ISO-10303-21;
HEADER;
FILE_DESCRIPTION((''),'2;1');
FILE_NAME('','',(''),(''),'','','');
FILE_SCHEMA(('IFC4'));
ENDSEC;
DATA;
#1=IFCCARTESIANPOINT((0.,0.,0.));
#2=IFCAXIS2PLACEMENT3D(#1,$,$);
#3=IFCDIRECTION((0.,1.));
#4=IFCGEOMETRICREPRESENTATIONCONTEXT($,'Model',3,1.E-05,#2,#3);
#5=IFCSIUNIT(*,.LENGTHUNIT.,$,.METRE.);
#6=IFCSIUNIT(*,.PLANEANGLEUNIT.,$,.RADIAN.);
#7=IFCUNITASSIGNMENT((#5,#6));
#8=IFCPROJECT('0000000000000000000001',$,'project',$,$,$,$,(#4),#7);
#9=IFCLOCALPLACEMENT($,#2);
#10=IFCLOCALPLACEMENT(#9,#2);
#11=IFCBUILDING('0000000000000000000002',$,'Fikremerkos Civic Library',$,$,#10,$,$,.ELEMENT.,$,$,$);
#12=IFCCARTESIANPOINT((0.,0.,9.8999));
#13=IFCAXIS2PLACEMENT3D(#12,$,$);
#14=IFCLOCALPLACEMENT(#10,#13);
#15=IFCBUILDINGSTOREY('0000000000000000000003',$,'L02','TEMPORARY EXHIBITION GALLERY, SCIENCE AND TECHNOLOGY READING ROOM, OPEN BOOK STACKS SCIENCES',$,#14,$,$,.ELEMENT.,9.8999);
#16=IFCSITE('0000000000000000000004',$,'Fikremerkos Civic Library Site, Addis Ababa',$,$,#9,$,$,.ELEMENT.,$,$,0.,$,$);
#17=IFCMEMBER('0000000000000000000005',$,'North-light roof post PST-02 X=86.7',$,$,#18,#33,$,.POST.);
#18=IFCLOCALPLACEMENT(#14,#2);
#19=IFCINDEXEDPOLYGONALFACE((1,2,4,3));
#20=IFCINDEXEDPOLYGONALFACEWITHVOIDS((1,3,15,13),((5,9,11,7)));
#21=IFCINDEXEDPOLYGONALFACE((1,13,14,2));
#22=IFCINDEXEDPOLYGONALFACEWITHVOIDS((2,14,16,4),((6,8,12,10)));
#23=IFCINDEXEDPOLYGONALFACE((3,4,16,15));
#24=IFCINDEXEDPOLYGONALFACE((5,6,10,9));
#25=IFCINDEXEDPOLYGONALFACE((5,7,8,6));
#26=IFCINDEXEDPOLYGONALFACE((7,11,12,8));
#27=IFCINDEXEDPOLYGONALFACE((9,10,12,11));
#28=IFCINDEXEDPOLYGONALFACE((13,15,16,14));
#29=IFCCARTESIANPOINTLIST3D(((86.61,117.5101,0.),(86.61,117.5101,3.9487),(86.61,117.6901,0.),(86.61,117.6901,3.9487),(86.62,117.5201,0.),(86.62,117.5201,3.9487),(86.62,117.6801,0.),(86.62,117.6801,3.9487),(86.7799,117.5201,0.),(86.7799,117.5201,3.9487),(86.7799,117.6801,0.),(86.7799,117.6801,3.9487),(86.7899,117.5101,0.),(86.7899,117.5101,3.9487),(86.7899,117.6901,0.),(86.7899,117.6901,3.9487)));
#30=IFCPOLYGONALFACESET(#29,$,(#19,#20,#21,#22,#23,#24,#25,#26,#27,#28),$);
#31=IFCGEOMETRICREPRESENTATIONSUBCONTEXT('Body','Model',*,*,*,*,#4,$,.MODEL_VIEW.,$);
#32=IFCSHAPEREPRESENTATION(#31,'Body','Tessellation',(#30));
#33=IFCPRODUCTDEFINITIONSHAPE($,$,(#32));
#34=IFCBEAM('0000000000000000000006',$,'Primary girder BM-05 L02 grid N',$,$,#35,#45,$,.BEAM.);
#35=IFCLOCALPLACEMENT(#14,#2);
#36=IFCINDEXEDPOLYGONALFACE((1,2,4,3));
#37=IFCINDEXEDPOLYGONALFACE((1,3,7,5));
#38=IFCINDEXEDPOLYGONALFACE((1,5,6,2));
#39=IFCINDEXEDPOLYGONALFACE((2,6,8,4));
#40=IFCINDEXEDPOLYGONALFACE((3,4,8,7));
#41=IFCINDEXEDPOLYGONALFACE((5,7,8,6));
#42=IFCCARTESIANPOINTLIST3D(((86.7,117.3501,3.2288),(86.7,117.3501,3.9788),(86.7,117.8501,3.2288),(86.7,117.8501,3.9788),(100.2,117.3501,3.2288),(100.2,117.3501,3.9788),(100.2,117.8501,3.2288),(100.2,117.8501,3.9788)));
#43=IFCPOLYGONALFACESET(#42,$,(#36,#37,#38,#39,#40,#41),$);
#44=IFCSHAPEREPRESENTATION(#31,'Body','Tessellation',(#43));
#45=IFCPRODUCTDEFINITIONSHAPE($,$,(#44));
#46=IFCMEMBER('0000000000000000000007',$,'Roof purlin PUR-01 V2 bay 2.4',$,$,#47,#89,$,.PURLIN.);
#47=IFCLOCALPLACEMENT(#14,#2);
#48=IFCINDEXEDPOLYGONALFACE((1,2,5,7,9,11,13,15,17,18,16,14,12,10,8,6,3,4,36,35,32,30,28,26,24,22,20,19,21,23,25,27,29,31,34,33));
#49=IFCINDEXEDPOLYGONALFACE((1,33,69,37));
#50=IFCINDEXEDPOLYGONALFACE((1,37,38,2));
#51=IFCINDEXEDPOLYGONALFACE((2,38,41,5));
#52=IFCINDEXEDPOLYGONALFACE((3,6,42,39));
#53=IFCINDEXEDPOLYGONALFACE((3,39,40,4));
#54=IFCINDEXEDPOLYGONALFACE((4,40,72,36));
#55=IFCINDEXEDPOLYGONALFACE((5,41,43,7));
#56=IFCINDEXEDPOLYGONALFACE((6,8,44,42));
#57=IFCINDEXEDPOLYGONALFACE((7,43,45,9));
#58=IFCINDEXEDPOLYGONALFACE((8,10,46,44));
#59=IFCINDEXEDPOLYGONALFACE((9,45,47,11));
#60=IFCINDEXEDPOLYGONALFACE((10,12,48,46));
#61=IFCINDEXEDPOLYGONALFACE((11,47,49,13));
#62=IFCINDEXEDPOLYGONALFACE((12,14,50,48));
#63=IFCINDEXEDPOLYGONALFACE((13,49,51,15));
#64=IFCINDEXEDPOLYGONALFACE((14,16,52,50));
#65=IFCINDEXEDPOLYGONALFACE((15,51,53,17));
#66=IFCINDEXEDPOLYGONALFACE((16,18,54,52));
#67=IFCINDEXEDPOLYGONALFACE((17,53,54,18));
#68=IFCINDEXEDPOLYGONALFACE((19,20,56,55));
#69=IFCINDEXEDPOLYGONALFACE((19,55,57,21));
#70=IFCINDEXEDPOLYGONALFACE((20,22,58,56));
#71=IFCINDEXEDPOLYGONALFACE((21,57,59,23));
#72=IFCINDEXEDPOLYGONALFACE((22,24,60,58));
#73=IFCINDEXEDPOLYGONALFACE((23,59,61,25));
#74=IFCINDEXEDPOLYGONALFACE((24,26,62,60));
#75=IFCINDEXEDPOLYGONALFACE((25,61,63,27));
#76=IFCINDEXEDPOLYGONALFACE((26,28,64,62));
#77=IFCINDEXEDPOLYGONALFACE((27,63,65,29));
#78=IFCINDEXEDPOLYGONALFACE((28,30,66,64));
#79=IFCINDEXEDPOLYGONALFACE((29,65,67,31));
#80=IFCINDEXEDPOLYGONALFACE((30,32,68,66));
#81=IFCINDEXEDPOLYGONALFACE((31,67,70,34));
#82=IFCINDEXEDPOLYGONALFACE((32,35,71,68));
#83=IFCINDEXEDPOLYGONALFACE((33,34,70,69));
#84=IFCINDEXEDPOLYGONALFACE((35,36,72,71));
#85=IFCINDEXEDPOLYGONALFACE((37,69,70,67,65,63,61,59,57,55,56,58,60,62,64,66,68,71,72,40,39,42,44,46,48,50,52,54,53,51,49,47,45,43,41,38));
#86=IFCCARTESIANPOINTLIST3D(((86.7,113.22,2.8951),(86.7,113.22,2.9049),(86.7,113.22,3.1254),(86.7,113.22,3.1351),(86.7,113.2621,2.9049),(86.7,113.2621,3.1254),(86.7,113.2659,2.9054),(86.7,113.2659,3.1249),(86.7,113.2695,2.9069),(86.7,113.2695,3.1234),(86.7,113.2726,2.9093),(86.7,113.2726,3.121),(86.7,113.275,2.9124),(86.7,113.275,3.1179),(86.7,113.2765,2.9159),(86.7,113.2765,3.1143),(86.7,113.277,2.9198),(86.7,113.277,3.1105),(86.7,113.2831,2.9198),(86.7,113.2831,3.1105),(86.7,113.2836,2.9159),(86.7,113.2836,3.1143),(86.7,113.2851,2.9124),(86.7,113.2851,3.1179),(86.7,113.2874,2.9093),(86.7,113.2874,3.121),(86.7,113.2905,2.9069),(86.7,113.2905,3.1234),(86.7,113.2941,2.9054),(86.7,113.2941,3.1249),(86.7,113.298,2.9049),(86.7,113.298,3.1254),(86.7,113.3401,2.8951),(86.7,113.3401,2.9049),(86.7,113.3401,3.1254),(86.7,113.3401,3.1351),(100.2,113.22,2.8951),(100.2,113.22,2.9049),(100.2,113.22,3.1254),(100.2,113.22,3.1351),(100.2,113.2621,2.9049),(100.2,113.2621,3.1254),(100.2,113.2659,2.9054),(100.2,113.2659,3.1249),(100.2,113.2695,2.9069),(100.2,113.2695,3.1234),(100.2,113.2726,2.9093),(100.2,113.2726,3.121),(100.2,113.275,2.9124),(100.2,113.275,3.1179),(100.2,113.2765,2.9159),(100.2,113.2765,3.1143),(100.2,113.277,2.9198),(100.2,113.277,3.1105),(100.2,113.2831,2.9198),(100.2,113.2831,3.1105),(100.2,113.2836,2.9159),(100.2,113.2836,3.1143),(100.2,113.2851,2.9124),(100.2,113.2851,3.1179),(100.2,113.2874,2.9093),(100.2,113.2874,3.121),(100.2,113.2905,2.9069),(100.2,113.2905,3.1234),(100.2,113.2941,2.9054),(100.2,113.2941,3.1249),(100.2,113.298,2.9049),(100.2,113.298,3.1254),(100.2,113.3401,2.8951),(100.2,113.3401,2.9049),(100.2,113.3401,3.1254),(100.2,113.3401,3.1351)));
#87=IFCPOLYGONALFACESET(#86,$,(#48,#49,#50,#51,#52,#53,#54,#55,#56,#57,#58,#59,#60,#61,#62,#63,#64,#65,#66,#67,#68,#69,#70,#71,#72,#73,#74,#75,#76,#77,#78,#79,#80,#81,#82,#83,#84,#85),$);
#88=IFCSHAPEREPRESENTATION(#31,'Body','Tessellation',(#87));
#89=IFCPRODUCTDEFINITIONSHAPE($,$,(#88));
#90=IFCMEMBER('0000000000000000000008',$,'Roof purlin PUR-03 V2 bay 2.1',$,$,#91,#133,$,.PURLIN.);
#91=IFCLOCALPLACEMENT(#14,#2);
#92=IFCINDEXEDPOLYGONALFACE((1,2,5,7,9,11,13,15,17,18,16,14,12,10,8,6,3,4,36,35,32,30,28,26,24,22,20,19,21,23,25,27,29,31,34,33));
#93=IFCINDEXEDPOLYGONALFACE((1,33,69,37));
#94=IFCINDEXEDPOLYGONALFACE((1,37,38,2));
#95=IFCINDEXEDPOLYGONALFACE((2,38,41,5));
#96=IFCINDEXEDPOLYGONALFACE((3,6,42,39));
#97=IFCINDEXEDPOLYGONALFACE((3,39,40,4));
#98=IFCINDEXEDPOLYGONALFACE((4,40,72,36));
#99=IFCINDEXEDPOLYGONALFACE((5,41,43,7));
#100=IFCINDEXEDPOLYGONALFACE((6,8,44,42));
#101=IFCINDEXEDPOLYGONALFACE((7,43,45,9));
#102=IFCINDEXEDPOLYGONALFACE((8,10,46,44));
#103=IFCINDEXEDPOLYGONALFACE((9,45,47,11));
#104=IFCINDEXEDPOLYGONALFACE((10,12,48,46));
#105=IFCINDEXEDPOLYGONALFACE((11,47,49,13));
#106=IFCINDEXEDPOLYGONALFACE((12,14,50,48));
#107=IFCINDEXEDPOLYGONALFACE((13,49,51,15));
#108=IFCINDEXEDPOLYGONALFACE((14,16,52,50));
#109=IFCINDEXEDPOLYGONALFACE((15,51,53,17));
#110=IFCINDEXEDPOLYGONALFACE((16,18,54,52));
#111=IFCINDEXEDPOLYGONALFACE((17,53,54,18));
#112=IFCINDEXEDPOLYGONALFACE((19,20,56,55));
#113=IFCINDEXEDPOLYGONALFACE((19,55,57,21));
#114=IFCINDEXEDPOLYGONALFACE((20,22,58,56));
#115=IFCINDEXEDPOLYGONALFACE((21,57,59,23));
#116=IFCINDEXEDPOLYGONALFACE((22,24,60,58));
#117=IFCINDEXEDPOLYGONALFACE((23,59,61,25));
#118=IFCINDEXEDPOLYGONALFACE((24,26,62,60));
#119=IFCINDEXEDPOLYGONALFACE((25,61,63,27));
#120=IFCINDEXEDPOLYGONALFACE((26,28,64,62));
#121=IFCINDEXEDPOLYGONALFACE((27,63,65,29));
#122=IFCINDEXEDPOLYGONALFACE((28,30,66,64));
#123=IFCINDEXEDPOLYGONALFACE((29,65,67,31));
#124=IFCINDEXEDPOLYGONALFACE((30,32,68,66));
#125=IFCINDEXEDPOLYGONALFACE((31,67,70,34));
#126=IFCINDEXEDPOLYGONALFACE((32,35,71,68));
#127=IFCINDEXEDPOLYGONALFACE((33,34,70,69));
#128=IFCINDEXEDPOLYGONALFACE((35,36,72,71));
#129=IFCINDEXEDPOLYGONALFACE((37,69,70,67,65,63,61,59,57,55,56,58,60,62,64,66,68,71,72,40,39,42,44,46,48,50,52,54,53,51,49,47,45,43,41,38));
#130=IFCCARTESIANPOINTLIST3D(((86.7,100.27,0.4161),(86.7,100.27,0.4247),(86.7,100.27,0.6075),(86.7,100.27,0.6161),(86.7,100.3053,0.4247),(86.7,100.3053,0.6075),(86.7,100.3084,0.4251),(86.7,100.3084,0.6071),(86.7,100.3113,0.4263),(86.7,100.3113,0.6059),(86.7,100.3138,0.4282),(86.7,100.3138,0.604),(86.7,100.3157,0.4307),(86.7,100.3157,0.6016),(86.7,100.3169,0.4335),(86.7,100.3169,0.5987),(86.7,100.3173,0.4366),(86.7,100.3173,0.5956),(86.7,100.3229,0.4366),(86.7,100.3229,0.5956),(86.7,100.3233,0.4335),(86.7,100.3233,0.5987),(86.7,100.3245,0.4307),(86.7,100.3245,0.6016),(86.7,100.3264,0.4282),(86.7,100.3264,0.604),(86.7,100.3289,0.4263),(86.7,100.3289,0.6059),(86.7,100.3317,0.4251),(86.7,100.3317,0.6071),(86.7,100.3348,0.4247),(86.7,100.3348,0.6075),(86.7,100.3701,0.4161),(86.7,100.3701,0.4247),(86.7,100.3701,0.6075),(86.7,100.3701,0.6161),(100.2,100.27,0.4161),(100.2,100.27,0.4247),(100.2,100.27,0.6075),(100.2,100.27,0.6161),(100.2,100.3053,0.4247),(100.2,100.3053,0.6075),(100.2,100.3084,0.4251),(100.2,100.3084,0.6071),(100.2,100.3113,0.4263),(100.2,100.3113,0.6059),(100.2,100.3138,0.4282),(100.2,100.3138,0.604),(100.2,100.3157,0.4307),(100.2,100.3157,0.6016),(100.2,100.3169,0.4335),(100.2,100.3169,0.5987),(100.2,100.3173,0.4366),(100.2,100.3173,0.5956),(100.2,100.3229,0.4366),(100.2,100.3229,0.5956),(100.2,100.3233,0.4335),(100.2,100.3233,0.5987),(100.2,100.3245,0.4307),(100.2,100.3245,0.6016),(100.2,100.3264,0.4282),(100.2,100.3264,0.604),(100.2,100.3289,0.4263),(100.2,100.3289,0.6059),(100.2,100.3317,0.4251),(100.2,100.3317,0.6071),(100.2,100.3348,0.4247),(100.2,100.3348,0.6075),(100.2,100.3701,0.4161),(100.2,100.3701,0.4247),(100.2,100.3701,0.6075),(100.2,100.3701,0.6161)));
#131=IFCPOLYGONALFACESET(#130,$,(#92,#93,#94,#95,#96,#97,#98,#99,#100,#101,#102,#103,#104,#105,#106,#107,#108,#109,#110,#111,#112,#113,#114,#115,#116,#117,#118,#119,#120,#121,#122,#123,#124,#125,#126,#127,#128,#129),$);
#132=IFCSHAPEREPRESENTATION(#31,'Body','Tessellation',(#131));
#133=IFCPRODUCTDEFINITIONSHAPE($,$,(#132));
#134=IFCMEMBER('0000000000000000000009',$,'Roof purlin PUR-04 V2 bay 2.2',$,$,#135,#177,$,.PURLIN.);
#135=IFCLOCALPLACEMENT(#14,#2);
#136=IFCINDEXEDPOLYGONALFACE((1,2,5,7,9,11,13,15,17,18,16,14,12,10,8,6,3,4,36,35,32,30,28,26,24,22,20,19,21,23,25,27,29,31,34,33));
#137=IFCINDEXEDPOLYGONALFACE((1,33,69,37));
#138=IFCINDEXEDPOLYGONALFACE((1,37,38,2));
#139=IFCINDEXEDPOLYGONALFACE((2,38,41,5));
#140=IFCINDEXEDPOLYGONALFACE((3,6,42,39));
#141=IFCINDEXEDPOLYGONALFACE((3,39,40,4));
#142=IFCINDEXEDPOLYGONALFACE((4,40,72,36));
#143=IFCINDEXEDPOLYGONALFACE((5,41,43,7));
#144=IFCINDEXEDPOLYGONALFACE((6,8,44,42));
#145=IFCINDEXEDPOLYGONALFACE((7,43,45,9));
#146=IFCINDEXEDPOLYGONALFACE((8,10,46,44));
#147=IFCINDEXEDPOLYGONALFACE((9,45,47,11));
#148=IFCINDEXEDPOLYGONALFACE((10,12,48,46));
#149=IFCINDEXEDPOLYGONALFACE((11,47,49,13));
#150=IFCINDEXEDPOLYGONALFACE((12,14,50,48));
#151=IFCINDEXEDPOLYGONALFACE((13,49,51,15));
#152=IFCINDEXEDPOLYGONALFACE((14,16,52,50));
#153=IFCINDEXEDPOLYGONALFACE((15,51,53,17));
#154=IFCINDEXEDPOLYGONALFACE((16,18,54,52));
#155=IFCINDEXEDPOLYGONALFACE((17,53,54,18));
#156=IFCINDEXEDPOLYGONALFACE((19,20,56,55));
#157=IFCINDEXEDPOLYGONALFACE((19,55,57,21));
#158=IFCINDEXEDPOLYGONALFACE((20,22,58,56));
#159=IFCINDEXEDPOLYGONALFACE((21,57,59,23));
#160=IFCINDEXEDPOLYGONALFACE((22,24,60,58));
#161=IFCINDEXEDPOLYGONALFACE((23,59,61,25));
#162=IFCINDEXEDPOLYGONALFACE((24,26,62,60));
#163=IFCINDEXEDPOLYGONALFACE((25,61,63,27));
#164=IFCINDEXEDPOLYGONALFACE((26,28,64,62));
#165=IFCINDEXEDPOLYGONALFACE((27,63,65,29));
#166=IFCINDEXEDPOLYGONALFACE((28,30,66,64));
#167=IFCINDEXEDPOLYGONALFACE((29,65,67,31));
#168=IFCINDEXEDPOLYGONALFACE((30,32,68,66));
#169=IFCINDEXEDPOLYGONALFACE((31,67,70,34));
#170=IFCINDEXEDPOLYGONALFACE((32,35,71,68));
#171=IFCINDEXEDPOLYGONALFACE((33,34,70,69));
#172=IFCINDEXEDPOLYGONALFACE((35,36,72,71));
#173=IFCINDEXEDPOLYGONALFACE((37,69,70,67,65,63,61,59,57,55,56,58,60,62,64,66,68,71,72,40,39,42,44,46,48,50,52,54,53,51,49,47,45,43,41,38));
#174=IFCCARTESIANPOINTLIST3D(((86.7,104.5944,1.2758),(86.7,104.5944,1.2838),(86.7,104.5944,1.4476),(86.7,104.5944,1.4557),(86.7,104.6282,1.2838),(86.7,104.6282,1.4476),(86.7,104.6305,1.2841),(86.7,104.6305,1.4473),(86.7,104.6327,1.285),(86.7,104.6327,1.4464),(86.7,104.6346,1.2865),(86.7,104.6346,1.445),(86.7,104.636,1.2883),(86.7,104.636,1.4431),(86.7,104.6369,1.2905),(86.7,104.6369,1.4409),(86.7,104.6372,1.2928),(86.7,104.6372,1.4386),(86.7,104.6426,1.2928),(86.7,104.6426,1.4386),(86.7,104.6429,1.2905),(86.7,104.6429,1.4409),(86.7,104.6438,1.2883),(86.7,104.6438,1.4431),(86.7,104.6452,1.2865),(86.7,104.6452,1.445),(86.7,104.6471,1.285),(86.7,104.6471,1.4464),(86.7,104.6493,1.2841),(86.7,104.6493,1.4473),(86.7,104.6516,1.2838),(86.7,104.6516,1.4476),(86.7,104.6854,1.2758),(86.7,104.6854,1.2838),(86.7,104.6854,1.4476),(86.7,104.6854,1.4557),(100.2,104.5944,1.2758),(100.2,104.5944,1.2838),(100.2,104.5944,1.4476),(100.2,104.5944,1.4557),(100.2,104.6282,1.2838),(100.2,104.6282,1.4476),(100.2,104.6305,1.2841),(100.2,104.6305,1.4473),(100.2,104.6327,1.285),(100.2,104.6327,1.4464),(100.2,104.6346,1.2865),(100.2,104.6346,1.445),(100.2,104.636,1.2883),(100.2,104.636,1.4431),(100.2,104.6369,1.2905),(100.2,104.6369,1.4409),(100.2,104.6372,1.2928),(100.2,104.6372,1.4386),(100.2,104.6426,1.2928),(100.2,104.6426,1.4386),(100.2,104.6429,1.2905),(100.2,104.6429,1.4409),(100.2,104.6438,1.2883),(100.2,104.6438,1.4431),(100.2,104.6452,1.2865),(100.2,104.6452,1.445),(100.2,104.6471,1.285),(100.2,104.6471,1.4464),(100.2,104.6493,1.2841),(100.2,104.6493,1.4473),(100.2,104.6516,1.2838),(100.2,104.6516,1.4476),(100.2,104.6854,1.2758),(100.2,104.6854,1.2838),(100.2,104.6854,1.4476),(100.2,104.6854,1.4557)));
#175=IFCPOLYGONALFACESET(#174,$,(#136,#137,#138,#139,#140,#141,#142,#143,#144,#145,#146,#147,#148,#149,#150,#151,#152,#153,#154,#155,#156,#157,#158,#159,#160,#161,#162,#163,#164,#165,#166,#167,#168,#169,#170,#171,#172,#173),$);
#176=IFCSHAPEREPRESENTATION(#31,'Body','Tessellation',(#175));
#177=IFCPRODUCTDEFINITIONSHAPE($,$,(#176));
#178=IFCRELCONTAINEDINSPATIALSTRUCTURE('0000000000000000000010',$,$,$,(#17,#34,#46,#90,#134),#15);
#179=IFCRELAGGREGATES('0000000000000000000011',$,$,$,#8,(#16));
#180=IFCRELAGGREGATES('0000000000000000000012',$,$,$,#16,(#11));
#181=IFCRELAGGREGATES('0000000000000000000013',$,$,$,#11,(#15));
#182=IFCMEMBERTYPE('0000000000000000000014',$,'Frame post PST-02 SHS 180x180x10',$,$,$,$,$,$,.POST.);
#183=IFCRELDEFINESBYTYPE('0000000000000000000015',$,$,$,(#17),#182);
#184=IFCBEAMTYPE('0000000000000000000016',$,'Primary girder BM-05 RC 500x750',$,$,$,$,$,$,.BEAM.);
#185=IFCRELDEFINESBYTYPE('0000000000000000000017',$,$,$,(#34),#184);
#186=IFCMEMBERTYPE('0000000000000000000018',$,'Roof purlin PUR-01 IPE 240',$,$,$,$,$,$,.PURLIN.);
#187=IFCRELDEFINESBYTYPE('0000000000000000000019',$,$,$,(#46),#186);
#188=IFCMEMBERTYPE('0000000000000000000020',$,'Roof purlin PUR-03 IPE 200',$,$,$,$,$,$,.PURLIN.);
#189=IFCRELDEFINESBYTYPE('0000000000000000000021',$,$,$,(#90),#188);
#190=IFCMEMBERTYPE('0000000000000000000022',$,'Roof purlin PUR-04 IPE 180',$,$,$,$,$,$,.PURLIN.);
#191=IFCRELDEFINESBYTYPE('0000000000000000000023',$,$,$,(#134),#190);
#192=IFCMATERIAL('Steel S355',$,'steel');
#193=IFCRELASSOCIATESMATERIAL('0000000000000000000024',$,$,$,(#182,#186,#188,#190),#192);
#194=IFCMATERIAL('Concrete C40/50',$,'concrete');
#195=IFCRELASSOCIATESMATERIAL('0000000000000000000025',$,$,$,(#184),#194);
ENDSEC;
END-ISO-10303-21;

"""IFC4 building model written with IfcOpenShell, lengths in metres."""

from ifc_helpers import new_model, si_unit, direction, frame, origin, origin_2d, place, context, subcontext, project, spatial, rectangle, hollow_rectangle, i_section, extrude, material, material_profile, profile_set, type_object, element, save


model = new_model("IFC4")

# Units and contexts
model_context = context("Model", 3, precision=1e-05, world=origin(), true_north=direction((0.0, 1.0)))
body_context = subcontext(model_context, "Body", "Model", "MODEL_VIEW")
ifc_project = project(units=[si_unit("LENGTHUNIT", "METRE"), si_unit("PLANEANGLEUNIT", "RADIAN")], contexts=[model_context])

# Site, building, storey
site_placement = place(None, origin())
site = spatial("IfcSite", under=ifc_project, at=site_placement, Name="Fikremerkos Civic Library Site, Addis Ababa", CompositionType="ELEMENT", RefElevation=0.0)
building_placement = place(site_placement, origin())
building = spatial("IfcBuilding", under=site, at=building_placement, Name="Fikremerkos Civic Library", CompositionType="ELEMENT")
storey_placement = place(building_placement, frame((0.0, 0.0, 9.8999)))
storey = spatial("IfcBuildingStorey", under=building, at=storey_placement, Name="L02", Description="TEMPORARY EXHIBITION GALLERY, SCIENCE AND TECHNOLOGY READING ROOM, OPEN BOOK STACKS SCIENCES", CompositionType="ELEMENT", Elevation=9.8999)

# Member
ifc_material_1 = material(Name="Steel S355", Category="steel")
ifc_material_profile_1 = material_profile(ifc_material_1, hollow_rectangle(XDim=0.1799, YDim=0.1799, WallThickness=0.01, at=origin_2d()), Name="SHS 180x180x10")
ifc_profile_set_1 = profile_set([ifc_material_profile_1], Name="Steel S355")
member_type_1 = type_object("IfcMemberType", Name="Frame post PST-02 SHS 180x180x10", PredefinedType="POST", material=ifc_profile_set_1)
member_1_placement = place(storey_placement, frame((86.7, 117.6001, 0.0), z_axis=(0.0, 0.0, 1.0), x_axis=(1.0, 0.0, 0.0)))
element("IfcMember", 1, at=member_1_placement, inside=storey, type_object=member_type_1, Name="North-light roof post PST-02 X=86.7", PredefinedType="POST", context=body_context, shape_type="SweptSolid", body=[
    extrude(hollow_rectangle(XDim=0.1799, YDim=0.1799, WallThickness=0.01, at=origin_2d()), origin(), (0.0, 0.0, 1.0), 3.9487),
])

# Beam
ifc_material_2 = material(Name="Concrete C40/50", Category="concrete")
ifc_material_profile_2 = material_profile(ifc_material_2, rectangle(XDim=0.5, YDim=0.75, at=origin_2d()), Name="RC 500x750")
ifc_profile_set_2 = profile_set([ifc_material_profile_2], Name="Concrete C40/50")
beam_type = type_object("IfcBeamType", Name="Primary girder BM-05 RC 500x750", PredefinedType="BEAM", material=ifc_profile_set_2)
beam_placement = place(storey_placement, frame((86.7, 117.6001, 3.6038), z_axis=(1.0, 0.0, 0.0), x_axis=(0.0, 1.0, 0.0)))
element("IfcBeam", 2, at=beam_placement, inside=storey, type_object=beam_type, Name="Primary girder BM-05 L02 grid N", PredefinedType="BEAM", context=body_context, shape_type="SweptSolid", body=[
    extrude(rectangle(XDim=0.5, YDim=0.75, at=origin_2d()), origin(), (0.0, 0.0, 1.0), 13.5),
])

# Members
ifc_material_profile_3 = material_profile(ifc_material_1, i_section(OverallWidth=0.1201, OverallDepth=0.24, WebThickness=0.0061, FlangeThickness=0.0098, FilletRadius=0.0149, at=origin_2d()), Name="IPE 240")
ifc_profile_set_3 = profile_set([ifc_material_profile_3], Name="Steel S355")
member_type_2 = type_object("IfcMemberType", Name="Roof purlin PUR-01 IPE 240", PredefinedType="PURLIN", material=ifc_profile_set_3)
member_2_placement = place(storey_placement, frame((86.7, 113.28, 3.0151), z_axis=(1.0, 0.0, 0.0), x_axis=(0.0, 1.0, 0.0)))
element("IfcMember", 3, at=member_2_placement, inside=storey, type_object=member_type_2, Name="Roof purlin PUR-01 V2 bay 2.4", PredefinedType="PURLIN", context=body_context, shape_type="SweptSolid", body=[
    extrude(i_section(OverallWidth=0.1201, OverallDepth=0.24, WebThickness=0.0061, FlangeThickness=0.0098, FilletRadius=0.0149, at=origin_2d()), origin(), (0.0, 0.0, 1.0), 13.5),
])
ifc_material_profile_4 = material_profile(ifc_material_1, i_section(OverallWidth=0.1001, OverallDepth=0.2, WebThickness=0.0056, FlangeThickness=0.0085, FilletRadius=0.012, at=origin_2d()), Name="IPE 200")
ifc_profile_set_4 = profile_set([ifc_material_profile_4], Name="Steel S355")
member_type_3 = type_object("IfcMemberType", Name="Roof purlin PUR-03 IPE 200", PredefinedType="PURLIN", material=ifc_profile_set_4)
member_3_placement = place(storey_placement, frame((86.7, 100.3201, 0.5161), z_axis=(1.0, 0.0, 0.0), x_axis=(0.0, 1.0, 0.0)))
element("IfcMember", 4, at=member_3_placement, inside=storey, type_object=member_type_3, Name="Roof purlin PUR-03 V2 bay 2.1", PredefinedType="PURLIN", context=body_context, shape_type="SweptSolid", body=[
    extrude(i_section(OverallWidth=0.1001, OverallDepth=0.2, WebThickness=0.0056, FlangeThickness=0.0085, FilletRadius=0.012, at=origin_2d()), origin(), (0.0, 0.0, 1.0), 13.5),
])
ifc_material_profile_5 = material_profile(ifc_material_1, i_section(OverallWidth=0.0911, OverallDepth=0.1799, WebThickness=0.0054, FlangeThickness=0.0081, FilletRadius=0.009, at=origin_2d()), Name="IPE 180")
ifc_profile_set_5 = profile_set([ifc_material_profile_5], Name="Steel S355")
member_type_4 = type_object("IfcMemberType", Name="Roof purlin PUR-04 IPE 180", PredefinedType="PURLIN", material=ifc_profile_set_5)
member_4_placement = place(storey_placement, frame((86.7, 104.6399, 1.3657), z_axis=(1.0, 0.0, 0.0), x_axis=(0.0, 1.0, 0.0)))
element("IfcMember", 5, at=member_4_placement, inside=storey, type_object=member_type_4, Name="Roof purlin PUR-04 V2 bay 2.2", PredefinedType="PURLIN", context=body_context, shape_type="SweptSolid", body=[
    extrude(i_section(OverallWidth=0.0911, OverallDepth=0.1799, WebThickness=0.0054, FlangeThickness=0.0081, FilletRadius=0.009, at=origin_2d()), origin(), (0.0, 0.0, 1.0), 13.5),
])

save(model, "model.ifc")
